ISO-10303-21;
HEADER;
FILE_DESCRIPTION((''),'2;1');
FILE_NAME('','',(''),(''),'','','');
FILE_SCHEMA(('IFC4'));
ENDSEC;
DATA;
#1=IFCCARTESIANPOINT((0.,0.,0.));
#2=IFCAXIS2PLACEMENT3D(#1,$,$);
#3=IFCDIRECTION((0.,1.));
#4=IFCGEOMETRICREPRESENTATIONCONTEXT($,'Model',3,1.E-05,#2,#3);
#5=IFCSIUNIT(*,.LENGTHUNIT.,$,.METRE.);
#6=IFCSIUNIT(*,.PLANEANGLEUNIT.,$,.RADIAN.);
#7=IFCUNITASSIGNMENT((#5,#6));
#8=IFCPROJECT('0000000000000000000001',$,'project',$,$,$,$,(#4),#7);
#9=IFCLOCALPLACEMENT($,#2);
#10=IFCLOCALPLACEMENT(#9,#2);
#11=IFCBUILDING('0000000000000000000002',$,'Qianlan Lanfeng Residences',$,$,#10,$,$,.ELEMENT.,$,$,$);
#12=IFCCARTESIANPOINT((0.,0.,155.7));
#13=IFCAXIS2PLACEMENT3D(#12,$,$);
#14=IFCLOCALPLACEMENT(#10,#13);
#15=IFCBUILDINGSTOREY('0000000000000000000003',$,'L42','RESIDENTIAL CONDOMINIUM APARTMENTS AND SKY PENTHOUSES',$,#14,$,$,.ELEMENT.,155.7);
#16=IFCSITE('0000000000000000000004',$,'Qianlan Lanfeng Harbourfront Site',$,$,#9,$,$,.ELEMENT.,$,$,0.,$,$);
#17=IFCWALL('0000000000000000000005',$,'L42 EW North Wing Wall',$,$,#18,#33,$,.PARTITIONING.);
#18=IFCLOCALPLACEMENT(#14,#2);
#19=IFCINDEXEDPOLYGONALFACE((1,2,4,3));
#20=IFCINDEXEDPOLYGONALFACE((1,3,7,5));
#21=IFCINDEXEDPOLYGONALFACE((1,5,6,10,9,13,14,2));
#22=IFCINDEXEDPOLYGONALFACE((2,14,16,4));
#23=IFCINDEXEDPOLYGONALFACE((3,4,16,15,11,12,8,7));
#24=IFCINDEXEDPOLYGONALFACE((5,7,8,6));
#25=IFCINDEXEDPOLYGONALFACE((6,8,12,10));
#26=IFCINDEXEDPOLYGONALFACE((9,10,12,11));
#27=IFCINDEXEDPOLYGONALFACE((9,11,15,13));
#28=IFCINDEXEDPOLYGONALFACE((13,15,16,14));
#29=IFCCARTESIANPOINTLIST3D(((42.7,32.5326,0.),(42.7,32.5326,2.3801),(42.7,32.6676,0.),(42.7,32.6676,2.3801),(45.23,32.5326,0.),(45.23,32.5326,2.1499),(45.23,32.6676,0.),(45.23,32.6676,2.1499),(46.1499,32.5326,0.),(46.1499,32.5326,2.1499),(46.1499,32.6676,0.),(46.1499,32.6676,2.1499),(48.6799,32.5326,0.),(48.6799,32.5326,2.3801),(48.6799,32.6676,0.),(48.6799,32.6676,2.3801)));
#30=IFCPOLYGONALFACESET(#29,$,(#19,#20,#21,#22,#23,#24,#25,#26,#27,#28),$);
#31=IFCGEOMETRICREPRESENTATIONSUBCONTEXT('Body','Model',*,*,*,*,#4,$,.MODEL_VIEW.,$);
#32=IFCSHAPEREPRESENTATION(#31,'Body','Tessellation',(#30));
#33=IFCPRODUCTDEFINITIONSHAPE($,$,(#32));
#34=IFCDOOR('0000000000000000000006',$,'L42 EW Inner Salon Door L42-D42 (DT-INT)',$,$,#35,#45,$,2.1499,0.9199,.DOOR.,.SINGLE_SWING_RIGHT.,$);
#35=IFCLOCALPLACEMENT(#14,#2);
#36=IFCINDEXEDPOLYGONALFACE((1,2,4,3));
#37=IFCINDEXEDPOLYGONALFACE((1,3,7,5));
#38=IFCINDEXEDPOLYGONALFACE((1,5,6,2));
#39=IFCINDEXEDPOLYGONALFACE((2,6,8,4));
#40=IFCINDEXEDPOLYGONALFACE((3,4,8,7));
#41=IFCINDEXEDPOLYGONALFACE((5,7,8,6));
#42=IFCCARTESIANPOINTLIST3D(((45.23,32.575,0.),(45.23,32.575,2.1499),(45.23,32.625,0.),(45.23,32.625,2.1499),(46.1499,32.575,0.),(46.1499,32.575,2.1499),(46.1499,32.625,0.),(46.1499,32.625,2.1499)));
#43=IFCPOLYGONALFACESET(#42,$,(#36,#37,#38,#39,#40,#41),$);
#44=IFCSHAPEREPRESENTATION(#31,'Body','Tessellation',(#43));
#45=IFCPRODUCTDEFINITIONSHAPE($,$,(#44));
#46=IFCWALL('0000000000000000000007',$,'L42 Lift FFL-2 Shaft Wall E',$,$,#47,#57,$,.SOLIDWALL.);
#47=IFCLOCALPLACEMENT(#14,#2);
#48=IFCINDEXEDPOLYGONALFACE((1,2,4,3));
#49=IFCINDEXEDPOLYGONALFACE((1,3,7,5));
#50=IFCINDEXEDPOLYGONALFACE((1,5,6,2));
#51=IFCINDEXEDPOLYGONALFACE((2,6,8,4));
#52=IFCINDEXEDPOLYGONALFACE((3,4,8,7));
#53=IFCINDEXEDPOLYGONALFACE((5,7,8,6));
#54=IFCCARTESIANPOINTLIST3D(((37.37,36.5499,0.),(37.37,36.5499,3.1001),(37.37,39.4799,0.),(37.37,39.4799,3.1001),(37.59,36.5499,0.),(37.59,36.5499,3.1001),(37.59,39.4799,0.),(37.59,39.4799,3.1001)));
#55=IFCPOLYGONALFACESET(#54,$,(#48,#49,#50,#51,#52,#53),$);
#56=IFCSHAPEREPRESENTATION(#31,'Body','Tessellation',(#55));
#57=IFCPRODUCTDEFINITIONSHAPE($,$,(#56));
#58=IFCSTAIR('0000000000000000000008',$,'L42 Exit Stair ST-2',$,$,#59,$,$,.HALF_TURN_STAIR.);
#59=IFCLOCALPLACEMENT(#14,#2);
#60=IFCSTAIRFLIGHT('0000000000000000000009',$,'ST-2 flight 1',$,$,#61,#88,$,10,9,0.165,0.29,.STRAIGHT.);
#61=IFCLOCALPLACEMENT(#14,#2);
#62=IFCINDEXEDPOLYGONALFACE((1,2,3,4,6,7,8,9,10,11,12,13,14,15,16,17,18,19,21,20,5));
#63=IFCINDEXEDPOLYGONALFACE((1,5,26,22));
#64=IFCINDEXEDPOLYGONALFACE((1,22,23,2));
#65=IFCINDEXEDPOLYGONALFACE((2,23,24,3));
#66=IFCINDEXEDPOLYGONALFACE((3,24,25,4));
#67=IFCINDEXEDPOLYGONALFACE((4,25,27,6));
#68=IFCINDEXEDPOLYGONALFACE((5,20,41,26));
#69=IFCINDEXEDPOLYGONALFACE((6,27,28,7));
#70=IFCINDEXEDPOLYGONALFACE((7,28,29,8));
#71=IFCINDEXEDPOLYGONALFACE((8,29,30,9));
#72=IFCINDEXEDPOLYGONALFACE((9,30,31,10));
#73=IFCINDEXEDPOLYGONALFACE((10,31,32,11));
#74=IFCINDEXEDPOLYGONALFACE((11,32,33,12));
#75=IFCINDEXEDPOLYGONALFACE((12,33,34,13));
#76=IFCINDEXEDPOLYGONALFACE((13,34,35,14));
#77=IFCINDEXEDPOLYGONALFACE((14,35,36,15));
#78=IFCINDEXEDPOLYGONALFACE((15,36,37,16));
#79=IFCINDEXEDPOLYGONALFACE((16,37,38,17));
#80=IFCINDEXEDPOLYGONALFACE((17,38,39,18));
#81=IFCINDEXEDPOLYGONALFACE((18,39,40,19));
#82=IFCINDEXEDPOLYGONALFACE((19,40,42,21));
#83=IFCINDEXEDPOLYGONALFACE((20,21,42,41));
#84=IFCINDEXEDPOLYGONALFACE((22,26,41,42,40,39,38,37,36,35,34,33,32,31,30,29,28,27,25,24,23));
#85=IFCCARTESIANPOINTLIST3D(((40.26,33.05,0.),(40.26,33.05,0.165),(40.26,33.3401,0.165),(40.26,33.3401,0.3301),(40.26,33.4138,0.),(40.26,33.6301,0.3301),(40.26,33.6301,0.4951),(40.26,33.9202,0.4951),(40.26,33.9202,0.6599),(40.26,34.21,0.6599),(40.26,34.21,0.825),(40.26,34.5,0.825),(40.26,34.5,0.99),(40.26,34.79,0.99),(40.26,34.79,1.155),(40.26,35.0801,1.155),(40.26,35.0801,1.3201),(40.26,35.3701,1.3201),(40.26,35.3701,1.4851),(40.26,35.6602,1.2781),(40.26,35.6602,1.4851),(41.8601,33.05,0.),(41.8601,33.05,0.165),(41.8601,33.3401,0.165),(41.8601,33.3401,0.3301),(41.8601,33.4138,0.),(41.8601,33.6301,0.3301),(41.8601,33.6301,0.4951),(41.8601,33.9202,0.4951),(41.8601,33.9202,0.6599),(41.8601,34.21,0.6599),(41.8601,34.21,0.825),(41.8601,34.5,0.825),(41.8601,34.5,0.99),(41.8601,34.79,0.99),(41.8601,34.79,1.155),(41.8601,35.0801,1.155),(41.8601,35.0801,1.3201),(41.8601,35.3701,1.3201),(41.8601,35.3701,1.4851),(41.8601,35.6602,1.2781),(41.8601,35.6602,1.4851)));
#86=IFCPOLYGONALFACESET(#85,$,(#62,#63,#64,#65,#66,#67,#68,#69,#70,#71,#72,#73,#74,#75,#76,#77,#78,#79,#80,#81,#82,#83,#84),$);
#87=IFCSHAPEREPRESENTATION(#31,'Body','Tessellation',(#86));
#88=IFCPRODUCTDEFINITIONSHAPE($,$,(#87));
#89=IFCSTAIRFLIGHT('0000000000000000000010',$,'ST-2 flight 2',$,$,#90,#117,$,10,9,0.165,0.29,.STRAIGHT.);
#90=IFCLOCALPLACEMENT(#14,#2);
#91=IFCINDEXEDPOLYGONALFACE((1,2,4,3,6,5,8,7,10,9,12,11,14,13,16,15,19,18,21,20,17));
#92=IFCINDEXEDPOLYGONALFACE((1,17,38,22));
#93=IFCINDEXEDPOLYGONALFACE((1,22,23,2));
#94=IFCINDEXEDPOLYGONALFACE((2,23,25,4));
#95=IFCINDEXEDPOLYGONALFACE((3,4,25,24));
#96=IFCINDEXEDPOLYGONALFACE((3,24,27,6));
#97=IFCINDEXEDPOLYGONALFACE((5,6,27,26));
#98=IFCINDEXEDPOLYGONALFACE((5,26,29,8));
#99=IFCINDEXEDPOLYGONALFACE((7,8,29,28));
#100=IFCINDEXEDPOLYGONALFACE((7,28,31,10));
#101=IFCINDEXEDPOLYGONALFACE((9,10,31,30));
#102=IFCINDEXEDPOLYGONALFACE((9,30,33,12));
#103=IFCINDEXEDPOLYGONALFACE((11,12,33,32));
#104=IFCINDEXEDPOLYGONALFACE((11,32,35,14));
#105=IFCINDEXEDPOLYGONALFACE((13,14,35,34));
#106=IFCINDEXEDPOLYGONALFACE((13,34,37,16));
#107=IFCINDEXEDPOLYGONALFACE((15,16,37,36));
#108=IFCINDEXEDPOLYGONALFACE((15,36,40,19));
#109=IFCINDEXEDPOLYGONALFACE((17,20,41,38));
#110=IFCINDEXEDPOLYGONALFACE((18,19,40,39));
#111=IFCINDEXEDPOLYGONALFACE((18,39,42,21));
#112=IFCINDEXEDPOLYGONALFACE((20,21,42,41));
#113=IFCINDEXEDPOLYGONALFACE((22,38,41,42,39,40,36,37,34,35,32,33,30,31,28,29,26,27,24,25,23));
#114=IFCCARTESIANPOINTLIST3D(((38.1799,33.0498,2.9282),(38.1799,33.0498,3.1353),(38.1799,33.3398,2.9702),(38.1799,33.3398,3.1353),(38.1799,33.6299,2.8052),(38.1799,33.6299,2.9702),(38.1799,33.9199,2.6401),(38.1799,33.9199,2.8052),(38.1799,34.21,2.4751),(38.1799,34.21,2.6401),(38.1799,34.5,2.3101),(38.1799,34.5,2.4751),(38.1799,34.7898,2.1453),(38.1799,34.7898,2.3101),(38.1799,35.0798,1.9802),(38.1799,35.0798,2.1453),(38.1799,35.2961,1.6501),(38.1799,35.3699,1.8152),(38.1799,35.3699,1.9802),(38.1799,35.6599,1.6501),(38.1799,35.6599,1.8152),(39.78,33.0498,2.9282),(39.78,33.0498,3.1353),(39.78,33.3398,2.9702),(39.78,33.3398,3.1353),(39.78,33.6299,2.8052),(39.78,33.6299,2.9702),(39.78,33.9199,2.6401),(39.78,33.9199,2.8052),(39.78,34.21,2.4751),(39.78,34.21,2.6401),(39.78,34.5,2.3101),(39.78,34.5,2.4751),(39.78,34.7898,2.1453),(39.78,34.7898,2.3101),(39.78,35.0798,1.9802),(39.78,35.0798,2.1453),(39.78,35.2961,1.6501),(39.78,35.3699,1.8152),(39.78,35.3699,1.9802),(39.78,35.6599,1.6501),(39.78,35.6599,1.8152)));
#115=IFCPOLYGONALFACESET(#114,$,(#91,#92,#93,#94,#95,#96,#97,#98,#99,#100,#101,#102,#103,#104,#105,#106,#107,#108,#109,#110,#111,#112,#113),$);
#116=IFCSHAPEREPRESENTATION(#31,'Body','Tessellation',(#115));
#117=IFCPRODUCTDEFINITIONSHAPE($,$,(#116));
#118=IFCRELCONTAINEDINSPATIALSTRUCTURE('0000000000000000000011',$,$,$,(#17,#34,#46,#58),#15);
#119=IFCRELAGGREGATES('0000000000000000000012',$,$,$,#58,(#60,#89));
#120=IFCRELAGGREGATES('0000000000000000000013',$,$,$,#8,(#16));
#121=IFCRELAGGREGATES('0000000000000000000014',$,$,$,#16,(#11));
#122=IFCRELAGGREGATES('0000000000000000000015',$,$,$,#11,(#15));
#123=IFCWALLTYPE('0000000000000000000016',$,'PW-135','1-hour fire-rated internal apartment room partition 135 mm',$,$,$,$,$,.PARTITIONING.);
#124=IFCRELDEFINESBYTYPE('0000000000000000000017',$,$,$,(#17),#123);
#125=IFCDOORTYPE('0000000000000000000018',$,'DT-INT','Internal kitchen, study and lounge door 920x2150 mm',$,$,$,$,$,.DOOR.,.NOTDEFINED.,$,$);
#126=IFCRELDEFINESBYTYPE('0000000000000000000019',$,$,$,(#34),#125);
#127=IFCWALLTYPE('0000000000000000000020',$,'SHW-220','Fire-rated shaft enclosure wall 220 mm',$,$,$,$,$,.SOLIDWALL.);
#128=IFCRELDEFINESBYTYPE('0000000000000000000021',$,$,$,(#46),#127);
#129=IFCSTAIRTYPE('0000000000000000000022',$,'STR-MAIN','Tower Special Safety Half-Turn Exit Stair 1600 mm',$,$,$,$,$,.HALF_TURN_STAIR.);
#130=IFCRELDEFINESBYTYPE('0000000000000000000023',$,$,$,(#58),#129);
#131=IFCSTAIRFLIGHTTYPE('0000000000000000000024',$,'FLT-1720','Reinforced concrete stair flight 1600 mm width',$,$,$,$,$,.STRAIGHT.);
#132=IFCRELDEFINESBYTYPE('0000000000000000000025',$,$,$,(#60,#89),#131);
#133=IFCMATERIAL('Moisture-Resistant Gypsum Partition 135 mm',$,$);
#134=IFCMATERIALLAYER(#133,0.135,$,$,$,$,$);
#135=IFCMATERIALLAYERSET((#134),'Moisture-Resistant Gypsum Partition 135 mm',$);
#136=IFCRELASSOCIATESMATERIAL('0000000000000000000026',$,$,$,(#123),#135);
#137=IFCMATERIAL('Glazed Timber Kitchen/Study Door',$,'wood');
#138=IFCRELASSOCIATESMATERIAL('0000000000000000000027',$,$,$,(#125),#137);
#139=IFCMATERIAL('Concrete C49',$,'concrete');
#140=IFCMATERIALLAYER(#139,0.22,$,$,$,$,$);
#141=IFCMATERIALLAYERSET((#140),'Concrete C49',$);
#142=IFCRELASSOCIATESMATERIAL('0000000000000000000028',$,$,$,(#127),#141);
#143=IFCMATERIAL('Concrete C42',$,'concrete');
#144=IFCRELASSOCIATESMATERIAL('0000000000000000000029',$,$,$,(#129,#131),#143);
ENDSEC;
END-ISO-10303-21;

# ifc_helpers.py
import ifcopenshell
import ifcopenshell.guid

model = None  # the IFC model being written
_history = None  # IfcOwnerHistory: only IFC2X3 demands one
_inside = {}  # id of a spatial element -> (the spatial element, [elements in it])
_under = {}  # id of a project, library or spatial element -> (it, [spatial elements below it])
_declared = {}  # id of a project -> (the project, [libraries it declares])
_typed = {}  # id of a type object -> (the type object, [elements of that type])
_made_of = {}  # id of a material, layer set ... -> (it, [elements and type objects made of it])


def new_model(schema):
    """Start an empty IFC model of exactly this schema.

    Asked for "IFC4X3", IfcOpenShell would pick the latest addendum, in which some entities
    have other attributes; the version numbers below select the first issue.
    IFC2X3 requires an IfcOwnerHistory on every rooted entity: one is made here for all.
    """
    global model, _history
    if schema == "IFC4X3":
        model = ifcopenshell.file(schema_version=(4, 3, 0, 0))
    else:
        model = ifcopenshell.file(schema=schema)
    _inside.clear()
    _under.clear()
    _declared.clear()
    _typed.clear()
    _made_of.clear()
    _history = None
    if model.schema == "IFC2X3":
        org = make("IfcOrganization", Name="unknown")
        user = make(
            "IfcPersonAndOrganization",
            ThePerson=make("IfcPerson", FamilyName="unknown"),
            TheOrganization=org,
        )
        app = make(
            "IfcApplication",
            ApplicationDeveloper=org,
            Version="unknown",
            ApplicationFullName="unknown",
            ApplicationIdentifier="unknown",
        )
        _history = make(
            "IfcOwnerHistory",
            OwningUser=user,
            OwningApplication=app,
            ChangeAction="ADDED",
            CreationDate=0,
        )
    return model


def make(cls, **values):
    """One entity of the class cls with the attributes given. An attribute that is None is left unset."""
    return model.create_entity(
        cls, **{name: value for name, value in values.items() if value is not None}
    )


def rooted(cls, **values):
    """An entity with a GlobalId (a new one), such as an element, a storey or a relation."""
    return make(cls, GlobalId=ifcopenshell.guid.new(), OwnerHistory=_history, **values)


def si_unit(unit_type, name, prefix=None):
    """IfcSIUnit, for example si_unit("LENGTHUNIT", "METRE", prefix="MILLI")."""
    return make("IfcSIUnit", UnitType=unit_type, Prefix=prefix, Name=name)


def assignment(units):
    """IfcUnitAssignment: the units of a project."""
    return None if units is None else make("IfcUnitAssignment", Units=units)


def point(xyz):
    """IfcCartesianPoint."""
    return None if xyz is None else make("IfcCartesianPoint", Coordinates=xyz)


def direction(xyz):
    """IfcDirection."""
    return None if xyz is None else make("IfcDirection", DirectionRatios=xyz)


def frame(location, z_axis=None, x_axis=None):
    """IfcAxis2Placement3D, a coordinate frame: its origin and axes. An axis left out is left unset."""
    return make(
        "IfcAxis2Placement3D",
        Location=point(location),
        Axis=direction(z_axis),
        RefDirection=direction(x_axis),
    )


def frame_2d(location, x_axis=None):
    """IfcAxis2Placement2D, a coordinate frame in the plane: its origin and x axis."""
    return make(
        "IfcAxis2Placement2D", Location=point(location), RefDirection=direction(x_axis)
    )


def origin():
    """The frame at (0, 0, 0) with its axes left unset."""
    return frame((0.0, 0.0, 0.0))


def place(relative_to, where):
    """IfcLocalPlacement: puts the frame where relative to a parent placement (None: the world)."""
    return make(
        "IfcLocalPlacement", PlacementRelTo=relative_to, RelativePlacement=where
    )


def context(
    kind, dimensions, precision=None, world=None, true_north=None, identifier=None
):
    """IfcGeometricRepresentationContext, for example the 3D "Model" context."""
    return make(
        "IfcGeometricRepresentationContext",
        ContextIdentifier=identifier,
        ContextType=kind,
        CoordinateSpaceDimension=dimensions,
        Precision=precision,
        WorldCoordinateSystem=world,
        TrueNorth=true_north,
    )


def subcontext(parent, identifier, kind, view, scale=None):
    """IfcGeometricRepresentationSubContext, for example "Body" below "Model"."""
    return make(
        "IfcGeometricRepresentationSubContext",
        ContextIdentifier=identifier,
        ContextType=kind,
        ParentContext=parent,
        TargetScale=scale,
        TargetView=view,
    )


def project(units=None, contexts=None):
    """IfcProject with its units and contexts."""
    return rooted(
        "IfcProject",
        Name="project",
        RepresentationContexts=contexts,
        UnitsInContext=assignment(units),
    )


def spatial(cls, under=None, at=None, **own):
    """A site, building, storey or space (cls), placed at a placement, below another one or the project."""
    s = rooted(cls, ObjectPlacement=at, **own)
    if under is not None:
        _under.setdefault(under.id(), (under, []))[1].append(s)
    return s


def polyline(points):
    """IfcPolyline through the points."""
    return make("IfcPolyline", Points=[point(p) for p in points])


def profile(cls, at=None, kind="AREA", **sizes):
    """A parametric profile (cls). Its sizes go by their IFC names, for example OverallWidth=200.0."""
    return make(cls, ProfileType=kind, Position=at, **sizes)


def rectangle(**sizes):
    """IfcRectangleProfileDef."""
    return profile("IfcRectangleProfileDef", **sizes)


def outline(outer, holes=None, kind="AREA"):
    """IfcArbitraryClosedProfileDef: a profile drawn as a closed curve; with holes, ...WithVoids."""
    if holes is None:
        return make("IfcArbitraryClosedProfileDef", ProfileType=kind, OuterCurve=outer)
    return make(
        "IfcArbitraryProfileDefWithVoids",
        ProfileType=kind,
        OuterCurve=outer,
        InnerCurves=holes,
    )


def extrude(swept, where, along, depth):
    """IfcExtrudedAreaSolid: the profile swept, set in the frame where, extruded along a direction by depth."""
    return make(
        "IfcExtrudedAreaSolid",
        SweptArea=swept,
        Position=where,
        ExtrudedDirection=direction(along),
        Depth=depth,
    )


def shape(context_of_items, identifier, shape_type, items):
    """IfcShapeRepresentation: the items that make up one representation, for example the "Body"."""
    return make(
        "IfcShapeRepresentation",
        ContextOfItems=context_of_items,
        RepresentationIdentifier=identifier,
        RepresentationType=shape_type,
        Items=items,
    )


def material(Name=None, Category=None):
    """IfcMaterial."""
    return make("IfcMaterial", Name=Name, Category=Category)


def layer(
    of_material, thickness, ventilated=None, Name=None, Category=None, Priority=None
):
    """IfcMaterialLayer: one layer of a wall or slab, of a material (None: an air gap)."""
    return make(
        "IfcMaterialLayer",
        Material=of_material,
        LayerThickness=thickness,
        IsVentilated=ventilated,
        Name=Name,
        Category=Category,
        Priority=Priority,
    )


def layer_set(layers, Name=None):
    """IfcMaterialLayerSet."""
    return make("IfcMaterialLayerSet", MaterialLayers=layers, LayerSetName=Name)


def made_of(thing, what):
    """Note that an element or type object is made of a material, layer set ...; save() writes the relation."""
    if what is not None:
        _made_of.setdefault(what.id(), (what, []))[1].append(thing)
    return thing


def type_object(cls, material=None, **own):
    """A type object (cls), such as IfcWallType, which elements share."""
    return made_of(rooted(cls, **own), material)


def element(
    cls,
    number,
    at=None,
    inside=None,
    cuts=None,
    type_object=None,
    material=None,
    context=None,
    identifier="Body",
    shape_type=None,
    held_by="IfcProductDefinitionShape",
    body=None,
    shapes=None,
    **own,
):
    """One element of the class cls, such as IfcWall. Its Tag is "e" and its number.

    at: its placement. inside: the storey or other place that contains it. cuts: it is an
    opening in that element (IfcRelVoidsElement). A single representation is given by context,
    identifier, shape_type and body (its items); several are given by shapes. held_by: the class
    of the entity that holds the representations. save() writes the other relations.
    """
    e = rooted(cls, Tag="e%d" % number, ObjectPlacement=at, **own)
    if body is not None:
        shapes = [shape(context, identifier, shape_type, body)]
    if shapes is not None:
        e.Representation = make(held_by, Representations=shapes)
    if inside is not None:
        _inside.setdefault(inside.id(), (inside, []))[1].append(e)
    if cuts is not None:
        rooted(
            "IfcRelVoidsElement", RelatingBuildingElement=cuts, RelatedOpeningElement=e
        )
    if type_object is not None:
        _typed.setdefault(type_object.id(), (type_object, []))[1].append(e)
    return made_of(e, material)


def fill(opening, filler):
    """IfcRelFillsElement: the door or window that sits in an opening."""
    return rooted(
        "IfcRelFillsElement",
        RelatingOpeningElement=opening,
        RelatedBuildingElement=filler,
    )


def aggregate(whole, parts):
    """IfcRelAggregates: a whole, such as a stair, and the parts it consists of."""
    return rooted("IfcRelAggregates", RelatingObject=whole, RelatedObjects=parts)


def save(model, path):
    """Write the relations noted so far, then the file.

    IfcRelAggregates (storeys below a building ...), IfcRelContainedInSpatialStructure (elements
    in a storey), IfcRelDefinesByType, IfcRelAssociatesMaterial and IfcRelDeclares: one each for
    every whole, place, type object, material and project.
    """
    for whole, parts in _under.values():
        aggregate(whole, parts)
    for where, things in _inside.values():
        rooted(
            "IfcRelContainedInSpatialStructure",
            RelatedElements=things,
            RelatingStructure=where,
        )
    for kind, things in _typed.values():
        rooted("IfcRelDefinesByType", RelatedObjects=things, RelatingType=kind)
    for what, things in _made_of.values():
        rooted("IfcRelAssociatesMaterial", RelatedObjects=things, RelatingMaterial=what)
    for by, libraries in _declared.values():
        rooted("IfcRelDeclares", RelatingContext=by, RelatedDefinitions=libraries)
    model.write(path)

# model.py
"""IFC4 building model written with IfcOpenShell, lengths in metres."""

from ifc_helpers import new_model, si_unit, direction, frame, frame_2d, origin, place, context, subcontext, project, spatial, polyline, rectangle, outline, extrude, material, layer, layer_set, type_object, element, fill, aggregate, save


model = new_model("IFC4")

# Units and contexts
model_context = context("Model", 3, precision=1e-05, world=origin(), true_north=direction((0.0, 1.0)))
body_context = subcontext(model_context, "Body", "Model", "MODEL_VIEW")
ifc_project = project(units=[si_unit("LENGTHUNIT", "METRE"), si_unit("PLANEANGLEUNIT", "RADIAN")], contexts=[model_context])

# Site, building, storey
site_placement = place(None, origin())
site = spatial("IfcSite", under=ifc_project, at=site_placement, Name="Qianlan Lanfeng Harbourfront Site", CompositionType="ELEMENT", RefElevation=0.0)
building_placement = place(site_placement, origin())
building = spatial("IfcBuilding", under=site, at=building_placement, Name="Qianlan Lanfeng Residences", CompositionType="ELEMENT")
storey_placement = place(building_placement, frame((0.0, 0.0, 155.7)))
storey = spatial("IfcBuildingStorey", under=building, at=storey_placement, Name="L42", Description="RESIDENTIAL CONDOMINIUM APARTMENTS AND SKY PENTHOUSES", CompositionType="ELEMENT", Elevation=155.7)

# Shared definitions
ifc_material_1 = material(Name="Concrete C42", Category="concrete")

# Wall, opening, door
ifc_material_2 = material(Name="Moisture-Resistant Gypsum Partition 135 mm")
ifc_layer_1 = layer(ifc_material_2, 0.135)
ifc_layer_set_1 = layer_set([ifc_layer_1], Name="Moisture-Resistant Gypsum Partition 135 mm")
wall_type_1 = type_object("IfcWallType", Name="PW-135", Description="1-hour fire-rated internal apartment room partition 135 mm", PredefinedType="PARTITIONING", material=ifc_layer_set_1)
wall_1_placement = place(storey_placement, frame((42.7, 32.6001, 0.0), z_axis=(0.0, 0.0, 1.0), x_axis=(1.0, 0.0, 0.0)))
wall_1 = element("IfcWall", 1, at=wall_1_placement, inside=storey, type_object=wall_type_1, Name="L42 EW North Wing Wall", PredefinedType="PARTITIONING", context=body_context, shape_type="SweptSolid", body=[
    extrude(rectangle(XDim=5.98, YDim=0.135, at=frame_2d((2.99, 0.0))), origin(), (0.0, 0.0, 1.0), 2.3801),
])
opening_1_placement = place(wall_1_placement, frame((2.53, 0.0, 0.0)))
opening_1 = element("IfcOpeningElement", 2, at=opening_1_placement, cuts=wall_1, PredefinedType="OPENING", context=body_context, shape_type="SweptSolid", body=[
    extrude(rectangle(XDim=0.9199, YDim=2.1499, at=frame_2d((0.46, 1.075))), frame((0.0, 0.0776, 0.0), z_axis=(0.0, -1.0, 0.0), x_axis=(1.0, 0.0, 0.0)), (0.0, 0.0, 1.0), 0.155),
])
ifc_material_3 = material(Name="Glazed Timber Kitchen/Study Door", Category="wood")
door_type_1 = type_object("IfcDoorType", Name="DT-INT", Description="Internal kitchen, study and lounge door 920x2150 mm", OperationType="NOTDEFINED", PredefinedType="DOOR", material=ifc_material_3)
door_1_placement = place(opening_1_placement, origin())
door_1 = element("IfcDoor", 3, at=door_1_placement, inside=storey, type_object=door_type_1, Name="L42 EW Inner Salon Door L42-D42 (DT-INT)", OperationType="SINGLE_SWING_RIGHT", OverallHeight=2.1499, OverallWidth=0.9199, PredefinedType="DOOR", context=body_context, shape_type="SweptSolid", body=[
    extrude(rectangle(XDim=0.9199, YDim=2.1499, at=frame_2d((0.46, 1.075))), frame((0.0, 0.0249, 0.0), z_axis=(0.0, -1.0, 0.0), x_axis=(1.0, 0.0, 0.0)), (0.0, 0.0, 1.0), 0.05),
])
fill(opening_1, door_1)

# Wall
ifc_material_4 = material(Name="Concrete C49", Category="concrete")
ifc_layer_2 = layer(ifc_material_4, 0.22)
ifc_layer_set_2 = layer_set([ifc_layer_2], Name="Concrete C49")
wall_type_2 = type_object("IfcWallType", Name="SHW-220", Description="Fire-rated shaft enclosure wall 220 mm", PredefinedType="SOLIDWALL", material=ifc_layer_set_2)
wall_2_placement = place(storey_placement, frame((37.48, 36.55, 0.0), z_axis=(0.0, 0.0, 1.0), x_axis=(0.0, 1.0, 0.0)))
element("IfcWall", 4, at=wall_2_placement, inside=storey, type_object=wall_type_2, Name="L42 Lift FFL-2 Shaft Wall E", PredefinedType="SOLIDWALL", context=body_context, shape_type="SweptSolid", body=[
    extrude(rectangle(XDim=2.9299, YDim=0.22, at=frame_2d((1.4648, 0.0))), origin(), (0.0, 0.0, 1.0), 3.1001),
])

# Stair, stair flights
stair_type = type_object("IfcStairType", Name="STR-MAIN", Description="Tower Special Safety Half-Turn Exit Stair 1600 mm", PredefinedType="HALF_TURN_STAIR", material=ifc_material_1)
stair_placement = place(storey_placement, origin())
stair = element("IfcStair", 5, at=stair_placement, inside=storey, type_object=stair_type, Name="L42 Exit Stair ST-2", PredefinedType="HALF_TURN_STAIR")
stair_flight_type = type_object("IfcStairFlightType", Name="FLT-1720", Description="Reinforced concrete stair flight 1600 mm width", PredefinedType="STRAIGHT", material=ifc_material_1)
stair_flight_1_placement = place(storey_placement, frame((41.0601, 33.05, 0.0), z_axis=(0.0, 0.0, 1.0), x_axis=(0.0, 1.0, 0.0)))
stair_flight_1 = element("IfcStairFlight", 6, at=stair_flight_1_placement, type_object=stair_flight_type, Name="ST-2 flight 1", NumberOfRisers=10, NumberOfTreads=9, PredefinedType="STRAIGHT", RiserHeight=0.165, TreadLength=0.29, context=body_context, shape_type="SweptSolid", body=[
    extrude(outline(polyline([(0.0, 0.0), (0.0, 0.165), (0.29, 0.165), (0.29, 0.3301), (0.5801, 0.3301), (0.5801, 0.4951), (0.8701, 0.4951), (0.8701, 0.6599), (1.1599, 0.6599), (1.1599, 0.825), (1.45, 0.825), (1.45, 0.99), (1.74, 0.99), (1.74, 1.155), (2.03, 1.155), (2.03, 1.3201), (2.3201, 1.3201), (2.3201, 1.4851), (2.6101, 1.4851), (2.6101, 1.6499), (2.6101, 1.2781), (0.3638, 0.0), (0.0, 0.0)])), frame((0.0, 0.8, 0.0), z_axis=(0.0, -1.0, 0.0), x_axis=(1.0, 0.0, 0.0)), (0.0, 0.0, 1.0), 1.6001),
])
stair_flight_2_placement = place(storey_placement, frame((38.98, 35.6599, 1.6501), z_axis=(0.0, 0.0, 1.0), x_axis=(0.0, -1.0, 0.0)))
stair_flight_2 = element("IfcStairFlight", 7, at=stair_flight_2_placement, type_object=stair_flight_type, Name="ST-2 flight 2", NumberOfRisers=10, NumberOfTreads=9, PredefinedType="STRAIGHT", RiserHeight=0.165, TreadLength=0.29, context=body_context, shape_type="SweptSolid", body=[
    extrude(outline(polyline([(0.0, 0.0), (0.0, 0.165), (0.29, 0.165), (0.29, 0.3301), (0.5801, 0.3301), (0.5801, 0.4951), (0.8701, 0.4951), (0.8701, 0.6599), (1.1599, 0.6599), (1.1599, 0.825), (1.45, 0.825), (1.45, 0.99), (1.74, 0.99), (1.74, 1.155), (2.03, 1.155), (2.03, 1.3201), (2.3201, 1.3201), (2.3201, 1.4851), (2.6101, 1.4851), (2.6101, 1.6499), (2.6101, 1.2781), (0.3638, 0.0), (0.0, 0.0)])), frame((0.0, 0.8, 0.0), z_axis=(0.0, -1.0, 0.0), x_axis=(1.0, 0.0, 0.0)), (0.0, 0.0, 1.0), 1.6001),
])
aggregate(stair, [stair_flight_1, stair_flight_2])

save(model, "model.ifc")
